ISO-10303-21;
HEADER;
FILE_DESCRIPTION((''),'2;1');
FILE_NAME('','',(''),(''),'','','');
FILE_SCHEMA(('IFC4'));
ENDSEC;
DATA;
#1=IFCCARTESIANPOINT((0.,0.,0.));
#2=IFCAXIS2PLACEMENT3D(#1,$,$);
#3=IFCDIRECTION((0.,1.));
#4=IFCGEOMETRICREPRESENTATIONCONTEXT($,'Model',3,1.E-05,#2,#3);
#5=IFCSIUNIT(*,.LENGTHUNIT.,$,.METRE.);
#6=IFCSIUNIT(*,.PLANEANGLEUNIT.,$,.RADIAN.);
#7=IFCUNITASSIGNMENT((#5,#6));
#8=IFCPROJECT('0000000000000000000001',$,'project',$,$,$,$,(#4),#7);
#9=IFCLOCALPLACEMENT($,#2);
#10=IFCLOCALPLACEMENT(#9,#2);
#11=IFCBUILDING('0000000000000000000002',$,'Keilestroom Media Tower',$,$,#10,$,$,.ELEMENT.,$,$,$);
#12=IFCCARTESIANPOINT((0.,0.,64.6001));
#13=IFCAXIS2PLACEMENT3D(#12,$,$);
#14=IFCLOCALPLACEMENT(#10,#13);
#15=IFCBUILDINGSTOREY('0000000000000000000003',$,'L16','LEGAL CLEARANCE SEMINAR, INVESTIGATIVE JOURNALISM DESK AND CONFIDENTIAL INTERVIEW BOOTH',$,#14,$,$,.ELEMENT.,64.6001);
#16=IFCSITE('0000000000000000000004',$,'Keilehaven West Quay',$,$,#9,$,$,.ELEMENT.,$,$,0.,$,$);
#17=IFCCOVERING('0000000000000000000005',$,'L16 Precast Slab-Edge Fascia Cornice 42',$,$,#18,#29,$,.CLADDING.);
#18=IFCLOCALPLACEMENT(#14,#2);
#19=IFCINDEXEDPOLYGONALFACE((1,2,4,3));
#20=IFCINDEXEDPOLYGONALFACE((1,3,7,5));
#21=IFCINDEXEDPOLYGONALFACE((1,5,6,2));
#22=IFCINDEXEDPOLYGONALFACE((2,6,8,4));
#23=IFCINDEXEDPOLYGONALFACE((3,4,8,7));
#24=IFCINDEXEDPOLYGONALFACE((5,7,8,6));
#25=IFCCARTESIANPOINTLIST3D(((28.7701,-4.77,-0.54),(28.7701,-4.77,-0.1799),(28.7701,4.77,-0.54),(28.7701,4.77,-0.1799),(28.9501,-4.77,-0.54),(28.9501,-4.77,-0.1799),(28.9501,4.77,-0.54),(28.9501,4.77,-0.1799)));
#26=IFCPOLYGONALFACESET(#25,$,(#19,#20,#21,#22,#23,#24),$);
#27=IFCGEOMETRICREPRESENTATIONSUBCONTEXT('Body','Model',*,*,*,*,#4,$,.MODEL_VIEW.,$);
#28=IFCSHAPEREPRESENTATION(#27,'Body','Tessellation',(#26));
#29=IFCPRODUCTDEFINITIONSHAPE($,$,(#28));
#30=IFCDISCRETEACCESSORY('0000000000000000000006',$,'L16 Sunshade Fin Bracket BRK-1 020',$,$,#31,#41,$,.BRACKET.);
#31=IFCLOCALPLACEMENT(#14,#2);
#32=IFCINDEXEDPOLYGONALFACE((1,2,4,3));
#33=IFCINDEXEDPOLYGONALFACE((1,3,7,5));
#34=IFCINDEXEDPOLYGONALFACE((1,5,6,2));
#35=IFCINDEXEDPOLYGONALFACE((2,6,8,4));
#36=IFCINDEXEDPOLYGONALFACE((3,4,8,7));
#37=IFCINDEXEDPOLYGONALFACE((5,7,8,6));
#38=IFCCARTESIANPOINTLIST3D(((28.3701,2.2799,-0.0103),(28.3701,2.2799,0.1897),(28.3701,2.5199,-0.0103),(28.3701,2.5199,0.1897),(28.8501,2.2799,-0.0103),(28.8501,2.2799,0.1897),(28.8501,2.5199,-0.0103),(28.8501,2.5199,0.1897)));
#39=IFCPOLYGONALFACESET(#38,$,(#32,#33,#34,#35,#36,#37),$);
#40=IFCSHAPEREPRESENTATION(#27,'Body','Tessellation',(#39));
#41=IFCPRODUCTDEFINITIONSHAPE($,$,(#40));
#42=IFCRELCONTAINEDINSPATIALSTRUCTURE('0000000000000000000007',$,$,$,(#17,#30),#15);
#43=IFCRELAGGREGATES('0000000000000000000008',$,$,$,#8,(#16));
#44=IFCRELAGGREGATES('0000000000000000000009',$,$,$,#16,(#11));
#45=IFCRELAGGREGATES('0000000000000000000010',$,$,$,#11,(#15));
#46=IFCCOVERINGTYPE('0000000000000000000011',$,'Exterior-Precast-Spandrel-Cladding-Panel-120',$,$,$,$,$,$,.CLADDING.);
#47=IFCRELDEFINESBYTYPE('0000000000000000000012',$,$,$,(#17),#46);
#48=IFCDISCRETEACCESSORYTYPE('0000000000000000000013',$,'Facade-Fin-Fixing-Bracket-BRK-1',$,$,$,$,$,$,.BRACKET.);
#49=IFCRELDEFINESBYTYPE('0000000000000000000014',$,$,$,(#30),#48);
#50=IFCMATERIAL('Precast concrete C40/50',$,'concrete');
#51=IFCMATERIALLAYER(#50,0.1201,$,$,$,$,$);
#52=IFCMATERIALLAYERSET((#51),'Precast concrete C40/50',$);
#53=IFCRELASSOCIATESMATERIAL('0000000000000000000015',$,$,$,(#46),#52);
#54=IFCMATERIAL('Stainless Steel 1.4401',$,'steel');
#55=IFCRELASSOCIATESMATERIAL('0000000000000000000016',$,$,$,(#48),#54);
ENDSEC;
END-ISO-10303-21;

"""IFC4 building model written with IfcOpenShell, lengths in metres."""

from ifc_helpers import new_model, si_unit, direction, frame, origin, origin_2d, place, context, subcontext, project, spatial, rectangle, extrude, source, transform, mapped, material, layer, layer_set, type_object, element, save


model = new_model("IFC4")

# Units and contexts
model_context = context("Model", 3, precision=1e-05, world=origin(), true_north=direction((0.0, 1.0)))
body_context = subcontext(model_context, "Body", "Model", "MODEL_VIEW")
ifc_project = project(units=[si_unit("LENGTHUNIT", "METRE"), si_unit("PLANEANGLEUNIT", "RADIAN")], contexts=[model_context])

# Site, building, storey
site_placement = place(None, origin())
site = spatial("IfcSite", under=ifc_project, at=site_placement, Name="Keilehaven West Quay", CompositionType="ELEMENT", RefElevation=0.0)
building_placement = place(site_placement, origin())
building = spatial("IfcBuilding", under=site, at=building_placement, Name="Keilestroom Media Tower", CompositionType="ELEMENT")
storey_placement = place(building_placement, frame((0.0, 0.0, 64.6001)))
storey = spatial("IfcBuildingStorey", under=building, at=storey_placement, Name="L16", Description="LEGAL CLEARANCE SEMINAR, INVESTIGATIVE JOURNALISM DESK AND CONFIDENTIAL INTERVIEW BOOTH", CompositionType="ELEMENT", Elevation=64.6001)

# Shared definitions
ifc_material_1 = material(Name="Precast concrete C40/50", Category="concrete")

# Covering
ifc_layer_1 = layer(ifc_material_1, 0.1201)
ifc_layer_set_1 = layer_set([ifc_layer_1], Name="Precast concrete C40/50")
covering_type = type_object("IfcCoveringType", Name="Exterior-Precast-Spandrel-Cladding-Panel-120", PredefinedType="CLADDING", material=ifc_layer_set_1)
shared_shape_1 = source(origin(), body_context, "Body", "SweptSolid", [
    extrude(rectangle(XDim=9.54, YDim=0.1799, at=origin_2d()), origin(), (0.0, 0.0, 1.0), 0.3601),
])
covering_placement = place(storey_placement, frame((28.8601, 0.0, -0.54), z_axis=(0.0, 0.0, 1.0), x_axis=(0.0, -1.0, 0.0)))
element("IfcCovering", 1, at=covering_placement, inside=storey, type_object=covering_type, Name="L16 Precast Slab-Edge Fascia Cornice 42", PredefinedType="CLADDING", context=body_context, shape_type="MappedRepresentation", body=[
    mapped(shared_shape_1, transform((0.0, 0.0, 0.0), x_axis=(1.0, 0.0, 0.0), y_axis=(0.0, 1.0, 0.0), z_axis=(0.0, 0.0, 1.0), scale=1.0)),
])

# Discrete accessory
ifc_material_2 = material(Name="Stainless Steel 1.4401", Category="steel")
discrete_accessory_type = type_object("IfcDiscreteAccessoryType", Name="Facade-Fin-Fixing-Bracket-BRK-1", PredefinedType="BRACKET", material=ifc_material_2)
shared_shape_2 = source(origin(), body_context, "Body", "SweptSolid", [
    extrude(rectangle(XDim=0.48, YDim=0.24, at=origin_2d()), origin(), (0.0, 0.0, 1.0), 0.2),
])
discrete_accessory_placement = place(storey_placement, frame((28.6101, 2.3999, -0.0103), z_axis=(0.0, 0.0, 1.0), x_axis=(1.0, 0.0, 0.0)))
element("IfcDiscreteAccessory", 2, at=discrete_accessory_placement, inside=storey, type_object=discrete_accessory_type, Name="L16 Sunshade Fin Bracket BRK-1 020", PredefinedType="BRACKET", context=body_context, shape_type="MappedRepresentation", body=[
    mapped(shared_shape_2, transform((0.0, 0.0, 0.0), x_axis=(1.0, 0.0, 0.0), y_axis=(0.0, 1.0, 0.0), z_axis=(0.0, 0.0, 1.0), scale=1.0)),
])

save(model, "model.ifc")
